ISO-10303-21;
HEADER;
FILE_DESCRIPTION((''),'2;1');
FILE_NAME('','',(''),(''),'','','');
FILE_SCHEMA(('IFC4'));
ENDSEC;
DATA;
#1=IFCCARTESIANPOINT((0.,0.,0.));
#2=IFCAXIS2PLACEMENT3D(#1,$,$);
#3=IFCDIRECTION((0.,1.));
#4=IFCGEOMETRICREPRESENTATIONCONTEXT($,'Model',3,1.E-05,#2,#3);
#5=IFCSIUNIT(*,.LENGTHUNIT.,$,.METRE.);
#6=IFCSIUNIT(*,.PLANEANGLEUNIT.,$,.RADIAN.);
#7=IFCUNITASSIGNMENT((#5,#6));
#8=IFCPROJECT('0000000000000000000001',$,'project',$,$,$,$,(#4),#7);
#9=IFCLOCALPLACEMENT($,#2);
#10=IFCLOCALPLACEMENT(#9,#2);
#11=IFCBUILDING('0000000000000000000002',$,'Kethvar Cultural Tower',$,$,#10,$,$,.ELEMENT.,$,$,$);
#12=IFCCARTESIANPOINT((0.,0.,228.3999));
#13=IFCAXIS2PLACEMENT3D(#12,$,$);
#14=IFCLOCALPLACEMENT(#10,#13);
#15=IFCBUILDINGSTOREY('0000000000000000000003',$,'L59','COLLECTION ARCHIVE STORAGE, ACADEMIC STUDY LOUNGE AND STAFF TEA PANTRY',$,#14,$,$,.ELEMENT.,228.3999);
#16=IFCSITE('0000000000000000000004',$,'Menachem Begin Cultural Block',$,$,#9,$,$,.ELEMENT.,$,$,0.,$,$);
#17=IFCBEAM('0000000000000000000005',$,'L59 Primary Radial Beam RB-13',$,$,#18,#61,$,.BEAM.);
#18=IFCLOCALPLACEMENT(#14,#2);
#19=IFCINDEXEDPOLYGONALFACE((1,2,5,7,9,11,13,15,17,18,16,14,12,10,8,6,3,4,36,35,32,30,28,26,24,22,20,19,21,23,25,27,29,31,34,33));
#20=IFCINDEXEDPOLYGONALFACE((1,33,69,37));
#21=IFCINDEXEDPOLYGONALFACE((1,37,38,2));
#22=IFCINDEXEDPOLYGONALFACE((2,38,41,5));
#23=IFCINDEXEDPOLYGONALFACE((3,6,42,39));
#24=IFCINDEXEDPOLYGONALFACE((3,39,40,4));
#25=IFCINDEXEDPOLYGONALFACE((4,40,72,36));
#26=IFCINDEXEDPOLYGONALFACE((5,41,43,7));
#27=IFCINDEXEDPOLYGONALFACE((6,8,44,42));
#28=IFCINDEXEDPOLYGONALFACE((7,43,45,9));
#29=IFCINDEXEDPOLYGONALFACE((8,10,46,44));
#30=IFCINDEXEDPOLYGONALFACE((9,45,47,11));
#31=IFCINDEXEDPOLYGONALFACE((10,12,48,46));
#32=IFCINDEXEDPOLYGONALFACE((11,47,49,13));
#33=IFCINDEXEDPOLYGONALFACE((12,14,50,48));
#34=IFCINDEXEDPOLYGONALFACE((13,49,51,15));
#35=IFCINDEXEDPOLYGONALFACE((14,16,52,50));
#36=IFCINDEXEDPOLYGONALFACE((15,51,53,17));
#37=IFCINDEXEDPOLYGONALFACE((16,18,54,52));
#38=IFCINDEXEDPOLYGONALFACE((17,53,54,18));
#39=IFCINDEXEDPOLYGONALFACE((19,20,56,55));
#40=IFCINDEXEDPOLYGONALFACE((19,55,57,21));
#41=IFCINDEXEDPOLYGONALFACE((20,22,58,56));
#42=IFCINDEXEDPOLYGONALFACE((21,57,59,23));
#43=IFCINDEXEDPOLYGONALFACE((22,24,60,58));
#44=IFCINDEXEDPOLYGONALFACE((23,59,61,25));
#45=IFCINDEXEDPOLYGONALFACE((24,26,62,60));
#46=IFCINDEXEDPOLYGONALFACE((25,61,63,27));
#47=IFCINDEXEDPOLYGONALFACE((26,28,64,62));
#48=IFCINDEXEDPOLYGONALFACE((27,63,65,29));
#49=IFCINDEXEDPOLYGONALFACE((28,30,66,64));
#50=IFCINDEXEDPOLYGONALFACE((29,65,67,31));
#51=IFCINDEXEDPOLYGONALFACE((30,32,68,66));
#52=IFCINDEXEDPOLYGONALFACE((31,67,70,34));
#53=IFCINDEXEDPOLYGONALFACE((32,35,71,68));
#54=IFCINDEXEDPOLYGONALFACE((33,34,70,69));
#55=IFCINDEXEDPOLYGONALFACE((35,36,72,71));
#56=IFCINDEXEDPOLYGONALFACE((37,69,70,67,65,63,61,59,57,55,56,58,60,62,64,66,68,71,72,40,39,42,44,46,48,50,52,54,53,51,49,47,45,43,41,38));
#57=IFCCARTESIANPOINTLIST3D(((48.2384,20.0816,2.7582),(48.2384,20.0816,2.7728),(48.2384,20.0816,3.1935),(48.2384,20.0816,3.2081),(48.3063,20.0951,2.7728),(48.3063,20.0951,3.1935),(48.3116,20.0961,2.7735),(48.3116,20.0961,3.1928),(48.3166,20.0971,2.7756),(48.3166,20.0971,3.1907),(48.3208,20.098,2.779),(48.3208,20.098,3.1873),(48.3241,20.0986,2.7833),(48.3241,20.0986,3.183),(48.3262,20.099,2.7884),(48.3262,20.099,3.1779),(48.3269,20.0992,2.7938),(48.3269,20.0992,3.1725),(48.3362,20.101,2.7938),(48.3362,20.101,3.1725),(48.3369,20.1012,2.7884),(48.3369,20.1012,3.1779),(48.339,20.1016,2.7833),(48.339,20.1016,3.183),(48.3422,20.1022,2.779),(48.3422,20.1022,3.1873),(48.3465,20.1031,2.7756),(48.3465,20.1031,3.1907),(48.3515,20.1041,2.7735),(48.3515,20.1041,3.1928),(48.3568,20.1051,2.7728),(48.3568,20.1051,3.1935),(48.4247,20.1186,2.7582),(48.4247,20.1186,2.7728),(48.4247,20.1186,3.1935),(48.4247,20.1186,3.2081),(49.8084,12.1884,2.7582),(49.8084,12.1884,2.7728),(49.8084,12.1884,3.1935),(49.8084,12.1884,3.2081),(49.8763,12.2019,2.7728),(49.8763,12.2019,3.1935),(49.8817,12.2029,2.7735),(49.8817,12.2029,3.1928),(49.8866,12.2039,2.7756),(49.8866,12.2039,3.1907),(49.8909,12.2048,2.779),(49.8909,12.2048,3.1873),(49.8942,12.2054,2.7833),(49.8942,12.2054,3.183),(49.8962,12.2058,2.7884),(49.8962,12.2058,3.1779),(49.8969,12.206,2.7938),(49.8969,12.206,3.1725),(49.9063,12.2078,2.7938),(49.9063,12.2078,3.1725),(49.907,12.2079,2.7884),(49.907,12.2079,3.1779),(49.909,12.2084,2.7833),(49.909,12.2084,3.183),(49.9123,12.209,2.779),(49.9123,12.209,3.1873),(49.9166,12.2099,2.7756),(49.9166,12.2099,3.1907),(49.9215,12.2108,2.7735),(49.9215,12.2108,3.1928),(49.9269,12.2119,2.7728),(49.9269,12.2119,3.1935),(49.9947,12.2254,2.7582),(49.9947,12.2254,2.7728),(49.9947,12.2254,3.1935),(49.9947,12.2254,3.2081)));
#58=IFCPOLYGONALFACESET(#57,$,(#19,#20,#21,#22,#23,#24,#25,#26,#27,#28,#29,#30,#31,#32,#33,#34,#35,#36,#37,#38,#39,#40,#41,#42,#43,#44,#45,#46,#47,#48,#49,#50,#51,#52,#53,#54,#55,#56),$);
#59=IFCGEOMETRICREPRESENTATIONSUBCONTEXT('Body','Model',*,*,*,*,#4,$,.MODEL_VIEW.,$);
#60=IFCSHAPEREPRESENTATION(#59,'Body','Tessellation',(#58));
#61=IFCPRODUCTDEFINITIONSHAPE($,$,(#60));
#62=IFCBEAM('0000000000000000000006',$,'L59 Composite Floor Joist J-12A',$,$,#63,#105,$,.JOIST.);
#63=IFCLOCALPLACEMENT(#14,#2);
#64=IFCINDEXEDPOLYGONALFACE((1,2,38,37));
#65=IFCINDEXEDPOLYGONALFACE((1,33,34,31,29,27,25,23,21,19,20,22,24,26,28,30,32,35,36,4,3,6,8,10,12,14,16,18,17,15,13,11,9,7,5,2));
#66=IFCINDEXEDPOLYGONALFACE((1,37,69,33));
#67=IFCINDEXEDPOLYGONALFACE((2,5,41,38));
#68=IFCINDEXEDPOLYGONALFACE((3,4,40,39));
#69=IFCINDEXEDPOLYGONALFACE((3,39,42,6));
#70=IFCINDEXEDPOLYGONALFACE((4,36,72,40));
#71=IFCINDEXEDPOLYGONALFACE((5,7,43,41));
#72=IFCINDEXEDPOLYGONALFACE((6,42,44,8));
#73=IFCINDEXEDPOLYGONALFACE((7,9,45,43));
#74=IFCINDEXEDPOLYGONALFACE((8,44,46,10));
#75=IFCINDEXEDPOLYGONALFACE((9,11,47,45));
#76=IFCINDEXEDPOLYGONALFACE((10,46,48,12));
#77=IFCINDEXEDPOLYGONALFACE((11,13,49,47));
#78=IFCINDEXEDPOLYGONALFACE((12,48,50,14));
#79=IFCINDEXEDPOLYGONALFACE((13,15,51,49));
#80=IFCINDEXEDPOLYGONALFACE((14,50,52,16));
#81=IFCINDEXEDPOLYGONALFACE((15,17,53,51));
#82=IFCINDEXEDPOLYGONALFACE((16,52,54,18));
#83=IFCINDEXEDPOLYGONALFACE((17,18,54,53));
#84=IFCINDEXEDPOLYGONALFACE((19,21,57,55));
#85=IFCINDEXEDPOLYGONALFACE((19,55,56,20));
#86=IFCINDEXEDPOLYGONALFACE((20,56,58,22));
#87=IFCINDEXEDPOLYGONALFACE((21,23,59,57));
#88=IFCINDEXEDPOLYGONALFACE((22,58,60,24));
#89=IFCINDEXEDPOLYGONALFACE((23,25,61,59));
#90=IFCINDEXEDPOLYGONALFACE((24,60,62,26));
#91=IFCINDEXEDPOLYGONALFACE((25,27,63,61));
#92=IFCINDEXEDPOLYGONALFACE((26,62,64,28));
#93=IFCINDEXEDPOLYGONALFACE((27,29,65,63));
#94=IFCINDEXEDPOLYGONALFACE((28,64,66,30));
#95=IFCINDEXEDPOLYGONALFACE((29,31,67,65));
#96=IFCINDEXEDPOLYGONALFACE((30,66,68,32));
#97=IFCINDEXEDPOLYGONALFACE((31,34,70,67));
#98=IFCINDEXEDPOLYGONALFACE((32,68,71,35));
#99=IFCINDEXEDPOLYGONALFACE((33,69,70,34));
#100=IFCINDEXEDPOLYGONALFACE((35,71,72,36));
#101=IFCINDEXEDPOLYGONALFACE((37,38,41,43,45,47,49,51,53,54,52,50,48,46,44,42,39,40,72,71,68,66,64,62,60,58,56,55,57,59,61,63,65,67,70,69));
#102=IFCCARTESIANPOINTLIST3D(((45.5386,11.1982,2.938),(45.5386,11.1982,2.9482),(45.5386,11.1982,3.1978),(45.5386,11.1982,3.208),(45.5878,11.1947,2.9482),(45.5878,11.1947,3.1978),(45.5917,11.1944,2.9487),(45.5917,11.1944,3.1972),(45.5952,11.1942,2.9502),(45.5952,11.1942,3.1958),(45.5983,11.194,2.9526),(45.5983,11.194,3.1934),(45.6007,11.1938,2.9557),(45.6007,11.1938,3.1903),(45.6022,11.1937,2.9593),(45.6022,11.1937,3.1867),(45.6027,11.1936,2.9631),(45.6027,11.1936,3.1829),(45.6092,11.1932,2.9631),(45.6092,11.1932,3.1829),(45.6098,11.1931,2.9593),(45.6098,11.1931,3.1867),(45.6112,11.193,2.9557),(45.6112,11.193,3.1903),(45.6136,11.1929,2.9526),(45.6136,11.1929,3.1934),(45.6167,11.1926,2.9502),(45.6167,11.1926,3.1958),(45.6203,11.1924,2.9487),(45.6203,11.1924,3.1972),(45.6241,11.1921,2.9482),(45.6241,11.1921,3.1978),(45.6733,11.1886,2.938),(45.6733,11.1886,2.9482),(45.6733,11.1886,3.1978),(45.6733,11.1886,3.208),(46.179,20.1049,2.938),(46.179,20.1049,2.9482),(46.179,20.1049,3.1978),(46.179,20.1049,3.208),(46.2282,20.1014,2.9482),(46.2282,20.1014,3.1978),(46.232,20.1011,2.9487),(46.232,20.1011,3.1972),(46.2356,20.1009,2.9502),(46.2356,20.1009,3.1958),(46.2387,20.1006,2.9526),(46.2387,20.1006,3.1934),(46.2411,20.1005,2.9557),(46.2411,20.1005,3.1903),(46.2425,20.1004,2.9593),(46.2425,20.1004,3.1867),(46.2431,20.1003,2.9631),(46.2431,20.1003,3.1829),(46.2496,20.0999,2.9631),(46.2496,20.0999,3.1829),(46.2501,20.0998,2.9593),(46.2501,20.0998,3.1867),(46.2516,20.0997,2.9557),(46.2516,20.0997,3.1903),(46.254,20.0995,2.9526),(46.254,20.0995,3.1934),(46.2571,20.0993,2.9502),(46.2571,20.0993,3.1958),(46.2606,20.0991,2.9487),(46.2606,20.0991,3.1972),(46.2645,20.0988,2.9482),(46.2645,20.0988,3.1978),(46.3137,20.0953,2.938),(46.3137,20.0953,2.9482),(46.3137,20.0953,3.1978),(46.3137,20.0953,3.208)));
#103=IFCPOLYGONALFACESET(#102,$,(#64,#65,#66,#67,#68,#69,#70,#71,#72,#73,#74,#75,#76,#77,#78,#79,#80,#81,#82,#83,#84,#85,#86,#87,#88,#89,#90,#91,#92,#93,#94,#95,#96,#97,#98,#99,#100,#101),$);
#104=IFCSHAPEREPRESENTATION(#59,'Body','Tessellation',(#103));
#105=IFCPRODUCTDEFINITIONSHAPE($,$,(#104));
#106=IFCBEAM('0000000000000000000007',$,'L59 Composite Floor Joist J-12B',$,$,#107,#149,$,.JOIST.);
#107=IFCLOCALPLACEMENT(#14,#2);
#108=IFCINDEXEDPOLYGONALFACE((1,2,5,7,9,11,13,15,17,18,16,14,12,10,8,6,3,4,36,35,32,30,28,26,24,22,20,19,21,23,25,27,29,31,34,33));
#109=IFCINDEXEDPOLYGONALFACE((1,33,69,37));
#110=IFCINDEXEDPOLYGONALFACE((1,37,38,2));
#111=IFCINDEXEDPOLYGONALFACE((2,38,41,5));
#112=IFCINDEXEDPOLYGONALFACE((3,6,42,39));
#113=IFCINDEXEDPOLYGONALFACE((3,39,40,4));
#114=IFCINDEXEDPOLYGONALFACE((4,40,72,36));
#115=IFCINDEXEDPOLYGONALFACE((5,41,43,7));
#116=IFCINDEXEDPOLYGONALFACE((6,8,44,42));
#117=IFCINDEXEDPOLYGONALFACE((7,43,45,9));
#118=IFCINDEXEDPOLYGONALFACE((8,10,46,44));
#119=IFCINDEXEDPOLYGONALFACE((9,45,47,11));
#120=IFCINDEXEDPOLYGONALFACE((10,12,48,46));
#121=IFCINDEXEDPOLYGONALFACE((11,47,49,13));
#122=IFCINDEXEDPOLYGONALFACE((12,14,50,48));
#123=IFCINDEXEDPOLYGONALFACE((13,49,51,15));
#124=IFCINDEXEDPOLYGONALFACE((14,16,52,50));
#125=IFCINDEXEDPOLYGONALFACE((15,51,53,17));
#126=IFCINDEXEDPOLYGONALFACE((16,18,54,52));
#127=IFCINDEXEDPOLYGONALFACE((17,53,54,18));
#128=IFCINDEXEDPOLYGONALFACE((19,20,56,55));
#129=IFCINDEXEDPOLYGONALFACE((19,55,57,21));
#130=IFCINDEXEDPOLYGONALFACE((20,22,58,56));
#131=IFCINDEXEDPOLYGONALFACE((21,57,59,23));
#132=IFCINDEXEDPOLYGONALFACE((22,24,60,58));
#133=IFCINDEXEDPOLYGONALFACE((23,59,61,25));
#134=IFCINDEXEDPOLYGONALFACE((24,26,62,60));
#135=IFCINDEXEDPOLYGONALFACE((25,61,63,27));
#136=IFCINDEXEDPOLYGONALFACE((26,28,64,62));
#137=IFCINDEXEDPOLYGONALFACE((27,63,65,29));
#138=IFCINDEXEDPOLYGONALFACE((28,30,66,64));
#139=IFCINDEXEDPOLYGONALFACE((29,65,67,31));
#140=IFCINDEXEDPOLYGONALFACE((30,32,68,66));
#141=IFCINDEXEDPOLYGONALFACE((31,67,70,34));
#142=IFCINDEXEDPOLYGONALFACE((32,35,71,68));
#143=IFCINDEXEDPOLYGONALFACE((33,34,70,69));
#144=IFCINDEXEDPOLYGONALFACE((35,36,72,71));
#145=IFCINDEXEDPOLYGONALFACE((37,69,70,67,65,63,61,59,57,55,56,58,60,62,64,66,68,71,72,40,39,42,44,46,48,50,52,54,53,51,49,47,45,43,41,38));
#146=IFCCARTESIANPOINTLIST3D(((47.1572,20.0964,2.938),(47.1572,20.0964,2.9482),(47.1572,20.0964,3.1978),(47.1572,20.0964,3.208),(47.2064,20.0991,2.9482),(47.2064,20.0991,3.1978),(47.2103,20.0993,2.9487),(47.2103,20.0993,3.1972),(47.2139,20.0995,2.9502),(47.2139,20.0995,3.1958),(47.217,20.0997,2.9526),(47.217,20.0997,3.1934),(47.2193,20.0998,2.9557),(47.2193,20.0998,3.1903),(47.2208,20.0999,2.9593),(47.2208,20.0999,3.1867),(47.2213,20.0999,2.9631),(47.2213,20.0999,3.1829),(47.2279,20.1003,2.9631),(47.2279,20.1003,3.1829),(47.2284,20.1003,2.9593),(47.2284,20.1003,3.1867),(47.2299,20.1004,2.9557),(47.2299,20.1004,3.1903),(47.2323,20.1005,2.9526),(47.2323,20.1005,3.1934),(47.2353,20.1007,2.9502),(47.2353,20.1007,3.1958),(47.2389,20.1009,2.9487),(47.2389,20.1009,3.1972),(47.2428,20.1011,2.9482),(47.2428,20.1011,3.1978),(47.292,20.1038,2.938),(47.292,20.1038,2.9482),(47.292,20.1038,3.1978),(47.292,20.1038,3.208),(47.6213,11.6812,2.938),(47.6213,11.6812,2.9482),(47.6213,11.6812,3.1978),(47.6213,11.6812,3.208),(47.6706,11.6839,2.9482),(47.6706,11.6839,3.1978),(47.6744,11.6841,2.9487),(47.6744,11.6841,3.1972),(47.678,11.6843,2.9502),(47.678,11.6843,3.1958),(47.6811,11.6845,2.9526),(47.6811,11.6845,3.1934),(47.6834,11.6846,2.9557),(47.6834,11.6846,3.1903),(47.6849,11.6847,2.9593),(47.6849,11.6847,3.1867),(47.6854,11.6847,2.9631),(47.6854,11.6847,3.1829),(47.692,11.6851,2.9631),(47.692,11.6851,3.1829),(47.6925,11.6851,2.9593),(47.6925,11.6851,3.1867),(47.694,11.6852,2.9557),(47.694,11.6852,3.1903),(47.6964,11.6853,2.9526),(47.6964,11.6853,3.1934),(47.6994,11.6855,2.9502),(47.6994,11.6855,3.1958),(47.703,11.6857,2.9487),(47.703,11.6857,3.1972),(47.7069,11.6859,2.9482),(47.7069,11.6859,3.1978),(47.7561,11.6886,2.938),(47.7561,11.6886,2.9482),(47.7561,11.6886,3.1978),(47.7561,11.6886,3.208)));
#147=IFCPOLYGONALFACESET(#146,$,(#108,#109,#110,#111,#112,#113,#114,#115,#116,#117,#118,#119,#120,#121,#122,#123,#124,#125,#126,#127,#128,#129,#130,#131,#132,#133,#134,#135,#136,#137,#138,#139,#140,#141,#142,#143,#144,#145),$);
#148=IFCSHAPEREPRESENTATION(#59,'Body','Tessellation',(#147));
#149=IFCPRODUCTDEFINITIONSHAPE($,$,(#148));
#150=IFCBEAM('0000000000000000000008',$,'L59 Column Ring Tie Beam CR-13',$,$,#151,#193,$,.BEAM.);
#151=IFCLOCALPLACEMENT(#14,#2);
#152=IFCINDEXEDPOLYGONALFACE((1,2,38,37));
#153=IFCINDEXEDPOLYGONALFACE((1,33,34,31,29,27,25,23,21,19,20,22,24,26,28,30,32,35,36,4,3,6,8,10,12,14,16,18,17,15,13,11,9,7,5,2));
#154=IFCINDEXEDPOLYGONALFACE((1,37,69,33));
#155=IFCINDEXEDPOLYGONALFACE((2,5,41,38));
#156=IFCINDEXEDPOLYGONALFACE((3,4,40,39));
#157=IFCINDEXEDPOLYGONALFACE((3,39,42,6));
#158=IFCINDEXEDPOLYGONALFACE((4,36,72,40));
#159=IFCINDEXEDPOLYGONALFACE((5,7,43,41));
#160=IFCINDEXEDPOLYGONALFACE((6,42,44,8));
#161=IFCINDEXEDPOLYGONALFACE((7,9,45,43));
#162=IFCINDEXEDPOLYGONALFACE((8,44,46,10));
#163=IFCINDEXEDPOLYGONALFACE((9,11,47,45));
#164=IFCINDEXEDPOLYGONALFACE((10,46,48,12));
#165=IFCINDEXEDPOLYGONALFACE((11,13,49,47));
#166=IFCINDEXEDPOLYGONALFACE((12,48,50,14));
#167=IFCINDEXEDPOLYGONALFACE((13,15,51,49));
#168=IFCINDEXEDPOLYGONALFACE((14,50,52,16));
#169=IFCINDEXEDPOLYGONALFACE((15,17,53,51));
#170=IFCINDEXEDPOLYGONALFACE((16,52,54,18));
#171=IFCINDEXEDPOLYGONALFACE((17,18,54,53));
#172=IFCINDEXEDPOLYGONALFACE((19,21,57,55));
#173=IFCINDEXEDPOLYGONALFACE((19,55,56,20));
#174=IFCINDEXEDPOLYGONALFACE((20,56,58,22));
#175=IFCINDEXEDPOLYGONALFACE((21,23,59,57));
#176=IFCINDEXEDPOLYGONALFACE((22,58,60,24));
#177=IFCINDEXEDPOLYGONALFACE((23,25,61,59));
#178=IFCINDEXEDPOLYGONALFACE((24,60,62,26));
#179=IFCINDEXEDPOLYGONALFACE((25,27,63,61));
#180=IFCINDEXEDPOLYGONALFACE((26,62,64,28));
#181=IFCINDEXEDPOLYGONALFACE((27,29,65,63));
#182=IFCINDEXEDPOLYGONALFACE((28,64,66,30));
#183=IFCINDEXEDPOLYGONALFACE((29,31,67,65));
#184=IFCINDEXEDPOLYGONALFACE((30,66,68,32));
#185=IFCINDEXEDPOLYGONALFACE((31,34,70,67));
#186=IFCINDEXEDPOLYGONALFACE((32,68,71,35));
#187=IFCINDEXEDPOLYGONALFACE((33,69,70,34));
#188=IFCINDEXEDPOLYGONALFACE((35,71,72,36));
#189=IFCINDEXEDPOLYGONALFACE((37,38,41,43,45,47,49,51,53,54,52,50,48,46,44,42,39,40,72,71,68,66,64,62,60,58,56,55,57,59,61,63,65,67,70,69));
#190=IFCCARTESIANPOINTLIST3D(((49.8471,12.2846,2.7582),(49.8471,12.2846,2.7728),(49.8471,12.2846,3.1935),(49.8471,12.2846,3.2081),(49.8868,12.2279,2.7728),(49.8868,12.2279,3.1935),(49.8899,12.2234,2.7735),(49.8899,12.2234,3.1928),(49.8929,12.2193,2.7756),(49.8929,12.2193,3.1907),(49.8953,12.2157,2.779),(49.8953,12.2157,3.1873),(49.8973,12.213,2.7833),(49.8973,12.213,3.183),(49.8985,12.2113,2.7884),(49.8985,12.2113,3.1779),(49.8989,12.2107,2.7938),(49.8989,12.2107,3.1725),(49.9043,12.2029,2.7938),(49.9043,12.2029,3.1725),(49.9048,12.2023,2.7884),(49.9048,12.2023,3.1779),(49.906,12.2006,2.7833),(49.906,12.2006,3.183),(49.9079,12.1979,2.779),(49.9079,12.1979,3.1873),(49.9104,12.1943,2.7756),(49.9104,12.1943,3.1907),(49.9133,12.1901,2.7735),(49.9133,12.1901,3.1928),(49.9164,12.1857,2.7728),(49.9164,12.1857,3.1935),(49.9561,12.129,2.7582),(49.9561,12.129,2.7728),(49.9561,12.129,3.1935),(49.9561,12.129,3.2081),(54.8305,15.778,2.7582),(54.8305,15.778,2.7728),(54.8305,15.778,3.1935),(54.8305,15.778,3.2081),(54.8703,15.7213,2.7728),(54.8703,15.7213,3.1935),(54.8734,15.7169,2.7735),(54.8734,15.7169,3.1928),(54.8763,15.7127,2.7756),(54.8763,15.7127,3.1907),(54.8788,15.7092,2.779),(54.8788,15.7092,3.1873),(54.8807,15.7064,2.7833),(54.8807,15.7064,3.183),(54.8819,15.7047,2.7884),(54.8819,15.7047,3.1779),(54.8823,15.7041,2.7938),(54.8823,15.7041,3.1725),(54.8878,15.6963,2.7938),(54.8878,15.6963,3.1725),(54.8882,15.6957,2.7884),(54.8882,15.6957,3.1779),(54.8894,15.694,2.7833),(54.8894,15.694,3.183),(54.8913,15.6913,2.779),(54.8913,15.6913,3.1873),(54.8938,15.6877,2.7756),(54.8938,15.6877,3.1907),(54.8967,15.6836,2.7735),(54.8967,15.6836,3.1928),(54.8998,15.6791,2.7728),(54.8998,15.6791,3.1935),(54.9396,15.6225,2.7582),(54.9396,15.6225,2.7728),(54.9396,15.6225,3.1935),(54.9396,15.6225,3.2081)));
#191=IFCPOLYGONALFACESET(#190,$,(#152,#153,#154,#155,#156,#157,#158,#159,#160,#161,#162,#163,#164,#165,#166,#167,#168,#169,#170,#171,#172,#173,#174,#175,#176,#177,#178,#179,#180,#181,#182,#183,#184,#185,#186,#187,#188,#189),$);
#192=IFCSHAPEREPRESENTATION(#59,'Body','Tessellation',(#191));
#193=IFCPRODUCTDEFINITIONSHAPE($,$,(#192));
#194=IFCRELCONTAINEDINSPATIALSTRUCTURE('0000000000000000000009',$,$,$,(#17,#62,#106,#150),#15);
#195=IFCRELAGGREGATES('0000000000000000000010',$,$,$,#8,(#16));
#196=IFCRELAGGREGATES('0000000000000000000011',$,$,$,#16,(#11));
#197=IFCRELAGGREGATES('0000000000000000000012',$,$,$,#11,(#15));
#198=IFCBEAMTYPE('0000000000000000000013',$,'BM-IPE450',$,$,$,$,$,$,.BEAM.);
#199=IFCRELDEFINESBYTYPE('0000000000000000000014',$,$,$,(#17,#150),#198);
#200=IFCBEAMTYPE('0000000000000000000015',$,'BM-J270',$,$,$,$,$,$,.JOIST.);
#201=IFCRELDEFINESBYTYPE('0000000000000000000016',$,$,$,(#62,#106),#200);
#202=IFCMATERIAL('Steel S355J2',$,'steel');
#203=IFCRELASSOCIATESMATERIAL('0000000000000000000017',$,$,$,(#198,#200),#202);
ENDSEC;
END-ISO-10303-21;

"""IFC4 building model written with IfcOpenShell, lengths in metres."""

from ifc_helpers import new_model, si_unit, direction, frame, origin, origin_2d, place, context, subcontext, project, spatial, i_section, extrude, source, transform, mapped, material, material_profile, profile_set, type_object, element, save


model = new_model("IFC4")

# Units and contexts
model_context = context("Model", 3, precision=1e-05, world=origin(), true_north=direction((0.0, 1.0)))
body_context = subcontext(model_context, "Body", "Model", "MODEL_VIEW")
ifc_project = project(units=[si_unit("LENGTHUNIT", "METRE"), si_unit("PLANEANGLEUNIT", "RADIAN")], contexts=[model_context])

# Site, building, storey
site_placement = place(None, origin())
site = spatial("IfcSite", under=ifc_project, at=site_placement, Name="Menachem Begin Cultural Block", CompositionType="ELEMENT", RefElevation=0.0)
building_placement = place(site_placement, origin())
building = spatial("IfcBuilding", under=site, at=building_placement, Name="Kethvar Cultural Tower", CompositionType="ELEMENT")
storey_placement = place(building_placement, frame((0.0, 0.0, 228.3999)))
storey = spatial("IfcBuildingStorey", under=building, at=storey_placement, Name="L59", Description="COLLECTION ARCHIVE STORAGE, ACADEMIC STUDY LOUNGE AND STAFF TEA PANTRY", CompositionType="ELEMENT", Elevation=228.3999)

# Beams
ifc_material_1 = material(Name="Steel S355J2", Category="steel")
ifc_material_profile_1 = material_profile(ifc_material_1, i_section(OverallWidth=0.1899, OverallDepth=0.45, WebThickness=0.0095, FlangeThickness=0.0146, FilletRadius=0.021, at=origin_2d()), Name="Steel S355J2 — IPE450")
ifc_profile_set_1 = profile_set([ifc_material_profile_1], Name="Steel S355J2 — IPE450")
beam_type_1 = type_object("IfcBeamType", Name="BM-IPE450", PredefinedType="BEAM", material=ifc_profile_set_1)
shared_shape_1 = source(origin(), body_context, "Body", "SweptSolid", [
    extrude(i_section(OverallWidth=0.1899, OverallDepth=0.45, WebThickness=0.0095, FlangeThickness=0.0146, FilletRadius=0.021, at=origin_2d()), origin(), (0.0, 0.0, 1.0), 8.0479),
])
beam_1_placement = place(storey_placement, frame((48.3315, 20.1001, 2.9832), z_axis=(0.195089, -0.980785, 0.0), x_axis=(0.980785, 0.195089, 0.0)))
element("IfcBeam", 1, at=beam_1_placement, inside=storey, type_object=beam_type_1, Name="L59 Primary Radial Beam RB-13", PredefinedType="BEAM", context=body_context, shape_type="MappedRepresentation", body=[
    mapped(shared_shape_1, transform((0.0, 0.0, 0.0), scale=1.0)),
])
ifc_material_profile_2 = material_profile(ifc_material_1, i_section(OverallWidth=0.135, OverallDepth=0.27, WebThickness=0.0066, FlangeThickness=0.0103, FilletRadius=0.0149, at=origin_2d()), Name="Steel S355J2 — IPE270")
ifc_profile_set_2 = profile_set([ifc_material_profile_2], Name="Steel S355J2 — IPE270")
beam_type_2 = type_object("IfcBeamType", Name="BM-J270", PredefinedType="JOIST", material=ifc_profile_set_2)
shared_shape_2 = source(origin(), body_context, "Body", "SweptSolid", [
    extrude(i_section(OverallWidth=0.135, OverallDepth=0.27, WebThickness=0.0066, FlangeThickness=0.0103, FilletRadius=0.0149, at=origin_2d()), origin(), (0.0, 0.0, 1.0), 8.9297),
])
beam_2_placement = place(storey_placement, frame((46.2463, 20.1001, 3.073), z_axis=(-0.071713, -0.997425, 0.0), x_axis=(0.997425, -0.071713, 0.0)))
element("IfcBeam", 2, at=beam_2_placement, inside=storey, type_object=beam_type_2, Name="L59 Composite Floor Joist J-12A", PredefinedType="JOIST", context=body_context, shape_type="MappedRepresentation", body=[
    mapped(shared_shape_2, transform((0.0, 0.0, 0.0), scale=1.0)),
])
shared_shape_3 = source(origin(), body_context, "Body", "SweptSolid", [
    extrude(i_section(OverallWidth=0.135, OverallDepth=0.27, WebThickness=0.0066, FlangeThickness=0.0103, FilletRadius=0.0149, at=origin_2d()), origin(), (0.0, 0.0, 1.0), 8.428),
])
beam_3_placement = place(storey_placement, frame((47.2246, 20.1001, 3.073), z_axis=(0.055067, -0.998483, 0.0), x_axis=(0.998483, 0.055067, 0.0)))
element("IfcBeam", 3, at=beam_3_placement, inside=storey, type_object=beam_type_2, Name="L59 Composite Floor Joist J-12B", PredefinedType="JOIST", context=body_context, shape_type="MappedRepresentation", body=[
    mapped(shared_shape_3, transform((0.0, 0.0, 0.0), scale=1.0)),
])
shared_shape_4 = source(origin(), body_context, "Body", "SweptSolid", [
    extrude(i_section(OverallWidth=0.1899, OverallDepth=0.45, WebThickness=0.0095, FlangeThickness=0.0146, FilletRadius=0.021, at=origin_2d()), origin(), (0.0, 0.0, 1.0), 6.0859),
])
beam_4_placement = place(storey_placement, frame((49.9016, 12.2068, 2.9832), z_axis=(0.818843, 0.574017, 0.0), x_axis=(-0.574017, 0.818843, 0.0)))
element("IfcBeam", 4, at=beam_4_placement, inside=storey, type_object=beam_type_1, Name="L59 Column Ring Tie Beam CR-13", PredefinedType="BEAM", context=body_context, shape_type="MappedRepresentation", body=[
    mapped(shared_shape_4, transform((0.0, 0.0, 0.0), scale=1.0)),
])

save(model, "model.ifc")
